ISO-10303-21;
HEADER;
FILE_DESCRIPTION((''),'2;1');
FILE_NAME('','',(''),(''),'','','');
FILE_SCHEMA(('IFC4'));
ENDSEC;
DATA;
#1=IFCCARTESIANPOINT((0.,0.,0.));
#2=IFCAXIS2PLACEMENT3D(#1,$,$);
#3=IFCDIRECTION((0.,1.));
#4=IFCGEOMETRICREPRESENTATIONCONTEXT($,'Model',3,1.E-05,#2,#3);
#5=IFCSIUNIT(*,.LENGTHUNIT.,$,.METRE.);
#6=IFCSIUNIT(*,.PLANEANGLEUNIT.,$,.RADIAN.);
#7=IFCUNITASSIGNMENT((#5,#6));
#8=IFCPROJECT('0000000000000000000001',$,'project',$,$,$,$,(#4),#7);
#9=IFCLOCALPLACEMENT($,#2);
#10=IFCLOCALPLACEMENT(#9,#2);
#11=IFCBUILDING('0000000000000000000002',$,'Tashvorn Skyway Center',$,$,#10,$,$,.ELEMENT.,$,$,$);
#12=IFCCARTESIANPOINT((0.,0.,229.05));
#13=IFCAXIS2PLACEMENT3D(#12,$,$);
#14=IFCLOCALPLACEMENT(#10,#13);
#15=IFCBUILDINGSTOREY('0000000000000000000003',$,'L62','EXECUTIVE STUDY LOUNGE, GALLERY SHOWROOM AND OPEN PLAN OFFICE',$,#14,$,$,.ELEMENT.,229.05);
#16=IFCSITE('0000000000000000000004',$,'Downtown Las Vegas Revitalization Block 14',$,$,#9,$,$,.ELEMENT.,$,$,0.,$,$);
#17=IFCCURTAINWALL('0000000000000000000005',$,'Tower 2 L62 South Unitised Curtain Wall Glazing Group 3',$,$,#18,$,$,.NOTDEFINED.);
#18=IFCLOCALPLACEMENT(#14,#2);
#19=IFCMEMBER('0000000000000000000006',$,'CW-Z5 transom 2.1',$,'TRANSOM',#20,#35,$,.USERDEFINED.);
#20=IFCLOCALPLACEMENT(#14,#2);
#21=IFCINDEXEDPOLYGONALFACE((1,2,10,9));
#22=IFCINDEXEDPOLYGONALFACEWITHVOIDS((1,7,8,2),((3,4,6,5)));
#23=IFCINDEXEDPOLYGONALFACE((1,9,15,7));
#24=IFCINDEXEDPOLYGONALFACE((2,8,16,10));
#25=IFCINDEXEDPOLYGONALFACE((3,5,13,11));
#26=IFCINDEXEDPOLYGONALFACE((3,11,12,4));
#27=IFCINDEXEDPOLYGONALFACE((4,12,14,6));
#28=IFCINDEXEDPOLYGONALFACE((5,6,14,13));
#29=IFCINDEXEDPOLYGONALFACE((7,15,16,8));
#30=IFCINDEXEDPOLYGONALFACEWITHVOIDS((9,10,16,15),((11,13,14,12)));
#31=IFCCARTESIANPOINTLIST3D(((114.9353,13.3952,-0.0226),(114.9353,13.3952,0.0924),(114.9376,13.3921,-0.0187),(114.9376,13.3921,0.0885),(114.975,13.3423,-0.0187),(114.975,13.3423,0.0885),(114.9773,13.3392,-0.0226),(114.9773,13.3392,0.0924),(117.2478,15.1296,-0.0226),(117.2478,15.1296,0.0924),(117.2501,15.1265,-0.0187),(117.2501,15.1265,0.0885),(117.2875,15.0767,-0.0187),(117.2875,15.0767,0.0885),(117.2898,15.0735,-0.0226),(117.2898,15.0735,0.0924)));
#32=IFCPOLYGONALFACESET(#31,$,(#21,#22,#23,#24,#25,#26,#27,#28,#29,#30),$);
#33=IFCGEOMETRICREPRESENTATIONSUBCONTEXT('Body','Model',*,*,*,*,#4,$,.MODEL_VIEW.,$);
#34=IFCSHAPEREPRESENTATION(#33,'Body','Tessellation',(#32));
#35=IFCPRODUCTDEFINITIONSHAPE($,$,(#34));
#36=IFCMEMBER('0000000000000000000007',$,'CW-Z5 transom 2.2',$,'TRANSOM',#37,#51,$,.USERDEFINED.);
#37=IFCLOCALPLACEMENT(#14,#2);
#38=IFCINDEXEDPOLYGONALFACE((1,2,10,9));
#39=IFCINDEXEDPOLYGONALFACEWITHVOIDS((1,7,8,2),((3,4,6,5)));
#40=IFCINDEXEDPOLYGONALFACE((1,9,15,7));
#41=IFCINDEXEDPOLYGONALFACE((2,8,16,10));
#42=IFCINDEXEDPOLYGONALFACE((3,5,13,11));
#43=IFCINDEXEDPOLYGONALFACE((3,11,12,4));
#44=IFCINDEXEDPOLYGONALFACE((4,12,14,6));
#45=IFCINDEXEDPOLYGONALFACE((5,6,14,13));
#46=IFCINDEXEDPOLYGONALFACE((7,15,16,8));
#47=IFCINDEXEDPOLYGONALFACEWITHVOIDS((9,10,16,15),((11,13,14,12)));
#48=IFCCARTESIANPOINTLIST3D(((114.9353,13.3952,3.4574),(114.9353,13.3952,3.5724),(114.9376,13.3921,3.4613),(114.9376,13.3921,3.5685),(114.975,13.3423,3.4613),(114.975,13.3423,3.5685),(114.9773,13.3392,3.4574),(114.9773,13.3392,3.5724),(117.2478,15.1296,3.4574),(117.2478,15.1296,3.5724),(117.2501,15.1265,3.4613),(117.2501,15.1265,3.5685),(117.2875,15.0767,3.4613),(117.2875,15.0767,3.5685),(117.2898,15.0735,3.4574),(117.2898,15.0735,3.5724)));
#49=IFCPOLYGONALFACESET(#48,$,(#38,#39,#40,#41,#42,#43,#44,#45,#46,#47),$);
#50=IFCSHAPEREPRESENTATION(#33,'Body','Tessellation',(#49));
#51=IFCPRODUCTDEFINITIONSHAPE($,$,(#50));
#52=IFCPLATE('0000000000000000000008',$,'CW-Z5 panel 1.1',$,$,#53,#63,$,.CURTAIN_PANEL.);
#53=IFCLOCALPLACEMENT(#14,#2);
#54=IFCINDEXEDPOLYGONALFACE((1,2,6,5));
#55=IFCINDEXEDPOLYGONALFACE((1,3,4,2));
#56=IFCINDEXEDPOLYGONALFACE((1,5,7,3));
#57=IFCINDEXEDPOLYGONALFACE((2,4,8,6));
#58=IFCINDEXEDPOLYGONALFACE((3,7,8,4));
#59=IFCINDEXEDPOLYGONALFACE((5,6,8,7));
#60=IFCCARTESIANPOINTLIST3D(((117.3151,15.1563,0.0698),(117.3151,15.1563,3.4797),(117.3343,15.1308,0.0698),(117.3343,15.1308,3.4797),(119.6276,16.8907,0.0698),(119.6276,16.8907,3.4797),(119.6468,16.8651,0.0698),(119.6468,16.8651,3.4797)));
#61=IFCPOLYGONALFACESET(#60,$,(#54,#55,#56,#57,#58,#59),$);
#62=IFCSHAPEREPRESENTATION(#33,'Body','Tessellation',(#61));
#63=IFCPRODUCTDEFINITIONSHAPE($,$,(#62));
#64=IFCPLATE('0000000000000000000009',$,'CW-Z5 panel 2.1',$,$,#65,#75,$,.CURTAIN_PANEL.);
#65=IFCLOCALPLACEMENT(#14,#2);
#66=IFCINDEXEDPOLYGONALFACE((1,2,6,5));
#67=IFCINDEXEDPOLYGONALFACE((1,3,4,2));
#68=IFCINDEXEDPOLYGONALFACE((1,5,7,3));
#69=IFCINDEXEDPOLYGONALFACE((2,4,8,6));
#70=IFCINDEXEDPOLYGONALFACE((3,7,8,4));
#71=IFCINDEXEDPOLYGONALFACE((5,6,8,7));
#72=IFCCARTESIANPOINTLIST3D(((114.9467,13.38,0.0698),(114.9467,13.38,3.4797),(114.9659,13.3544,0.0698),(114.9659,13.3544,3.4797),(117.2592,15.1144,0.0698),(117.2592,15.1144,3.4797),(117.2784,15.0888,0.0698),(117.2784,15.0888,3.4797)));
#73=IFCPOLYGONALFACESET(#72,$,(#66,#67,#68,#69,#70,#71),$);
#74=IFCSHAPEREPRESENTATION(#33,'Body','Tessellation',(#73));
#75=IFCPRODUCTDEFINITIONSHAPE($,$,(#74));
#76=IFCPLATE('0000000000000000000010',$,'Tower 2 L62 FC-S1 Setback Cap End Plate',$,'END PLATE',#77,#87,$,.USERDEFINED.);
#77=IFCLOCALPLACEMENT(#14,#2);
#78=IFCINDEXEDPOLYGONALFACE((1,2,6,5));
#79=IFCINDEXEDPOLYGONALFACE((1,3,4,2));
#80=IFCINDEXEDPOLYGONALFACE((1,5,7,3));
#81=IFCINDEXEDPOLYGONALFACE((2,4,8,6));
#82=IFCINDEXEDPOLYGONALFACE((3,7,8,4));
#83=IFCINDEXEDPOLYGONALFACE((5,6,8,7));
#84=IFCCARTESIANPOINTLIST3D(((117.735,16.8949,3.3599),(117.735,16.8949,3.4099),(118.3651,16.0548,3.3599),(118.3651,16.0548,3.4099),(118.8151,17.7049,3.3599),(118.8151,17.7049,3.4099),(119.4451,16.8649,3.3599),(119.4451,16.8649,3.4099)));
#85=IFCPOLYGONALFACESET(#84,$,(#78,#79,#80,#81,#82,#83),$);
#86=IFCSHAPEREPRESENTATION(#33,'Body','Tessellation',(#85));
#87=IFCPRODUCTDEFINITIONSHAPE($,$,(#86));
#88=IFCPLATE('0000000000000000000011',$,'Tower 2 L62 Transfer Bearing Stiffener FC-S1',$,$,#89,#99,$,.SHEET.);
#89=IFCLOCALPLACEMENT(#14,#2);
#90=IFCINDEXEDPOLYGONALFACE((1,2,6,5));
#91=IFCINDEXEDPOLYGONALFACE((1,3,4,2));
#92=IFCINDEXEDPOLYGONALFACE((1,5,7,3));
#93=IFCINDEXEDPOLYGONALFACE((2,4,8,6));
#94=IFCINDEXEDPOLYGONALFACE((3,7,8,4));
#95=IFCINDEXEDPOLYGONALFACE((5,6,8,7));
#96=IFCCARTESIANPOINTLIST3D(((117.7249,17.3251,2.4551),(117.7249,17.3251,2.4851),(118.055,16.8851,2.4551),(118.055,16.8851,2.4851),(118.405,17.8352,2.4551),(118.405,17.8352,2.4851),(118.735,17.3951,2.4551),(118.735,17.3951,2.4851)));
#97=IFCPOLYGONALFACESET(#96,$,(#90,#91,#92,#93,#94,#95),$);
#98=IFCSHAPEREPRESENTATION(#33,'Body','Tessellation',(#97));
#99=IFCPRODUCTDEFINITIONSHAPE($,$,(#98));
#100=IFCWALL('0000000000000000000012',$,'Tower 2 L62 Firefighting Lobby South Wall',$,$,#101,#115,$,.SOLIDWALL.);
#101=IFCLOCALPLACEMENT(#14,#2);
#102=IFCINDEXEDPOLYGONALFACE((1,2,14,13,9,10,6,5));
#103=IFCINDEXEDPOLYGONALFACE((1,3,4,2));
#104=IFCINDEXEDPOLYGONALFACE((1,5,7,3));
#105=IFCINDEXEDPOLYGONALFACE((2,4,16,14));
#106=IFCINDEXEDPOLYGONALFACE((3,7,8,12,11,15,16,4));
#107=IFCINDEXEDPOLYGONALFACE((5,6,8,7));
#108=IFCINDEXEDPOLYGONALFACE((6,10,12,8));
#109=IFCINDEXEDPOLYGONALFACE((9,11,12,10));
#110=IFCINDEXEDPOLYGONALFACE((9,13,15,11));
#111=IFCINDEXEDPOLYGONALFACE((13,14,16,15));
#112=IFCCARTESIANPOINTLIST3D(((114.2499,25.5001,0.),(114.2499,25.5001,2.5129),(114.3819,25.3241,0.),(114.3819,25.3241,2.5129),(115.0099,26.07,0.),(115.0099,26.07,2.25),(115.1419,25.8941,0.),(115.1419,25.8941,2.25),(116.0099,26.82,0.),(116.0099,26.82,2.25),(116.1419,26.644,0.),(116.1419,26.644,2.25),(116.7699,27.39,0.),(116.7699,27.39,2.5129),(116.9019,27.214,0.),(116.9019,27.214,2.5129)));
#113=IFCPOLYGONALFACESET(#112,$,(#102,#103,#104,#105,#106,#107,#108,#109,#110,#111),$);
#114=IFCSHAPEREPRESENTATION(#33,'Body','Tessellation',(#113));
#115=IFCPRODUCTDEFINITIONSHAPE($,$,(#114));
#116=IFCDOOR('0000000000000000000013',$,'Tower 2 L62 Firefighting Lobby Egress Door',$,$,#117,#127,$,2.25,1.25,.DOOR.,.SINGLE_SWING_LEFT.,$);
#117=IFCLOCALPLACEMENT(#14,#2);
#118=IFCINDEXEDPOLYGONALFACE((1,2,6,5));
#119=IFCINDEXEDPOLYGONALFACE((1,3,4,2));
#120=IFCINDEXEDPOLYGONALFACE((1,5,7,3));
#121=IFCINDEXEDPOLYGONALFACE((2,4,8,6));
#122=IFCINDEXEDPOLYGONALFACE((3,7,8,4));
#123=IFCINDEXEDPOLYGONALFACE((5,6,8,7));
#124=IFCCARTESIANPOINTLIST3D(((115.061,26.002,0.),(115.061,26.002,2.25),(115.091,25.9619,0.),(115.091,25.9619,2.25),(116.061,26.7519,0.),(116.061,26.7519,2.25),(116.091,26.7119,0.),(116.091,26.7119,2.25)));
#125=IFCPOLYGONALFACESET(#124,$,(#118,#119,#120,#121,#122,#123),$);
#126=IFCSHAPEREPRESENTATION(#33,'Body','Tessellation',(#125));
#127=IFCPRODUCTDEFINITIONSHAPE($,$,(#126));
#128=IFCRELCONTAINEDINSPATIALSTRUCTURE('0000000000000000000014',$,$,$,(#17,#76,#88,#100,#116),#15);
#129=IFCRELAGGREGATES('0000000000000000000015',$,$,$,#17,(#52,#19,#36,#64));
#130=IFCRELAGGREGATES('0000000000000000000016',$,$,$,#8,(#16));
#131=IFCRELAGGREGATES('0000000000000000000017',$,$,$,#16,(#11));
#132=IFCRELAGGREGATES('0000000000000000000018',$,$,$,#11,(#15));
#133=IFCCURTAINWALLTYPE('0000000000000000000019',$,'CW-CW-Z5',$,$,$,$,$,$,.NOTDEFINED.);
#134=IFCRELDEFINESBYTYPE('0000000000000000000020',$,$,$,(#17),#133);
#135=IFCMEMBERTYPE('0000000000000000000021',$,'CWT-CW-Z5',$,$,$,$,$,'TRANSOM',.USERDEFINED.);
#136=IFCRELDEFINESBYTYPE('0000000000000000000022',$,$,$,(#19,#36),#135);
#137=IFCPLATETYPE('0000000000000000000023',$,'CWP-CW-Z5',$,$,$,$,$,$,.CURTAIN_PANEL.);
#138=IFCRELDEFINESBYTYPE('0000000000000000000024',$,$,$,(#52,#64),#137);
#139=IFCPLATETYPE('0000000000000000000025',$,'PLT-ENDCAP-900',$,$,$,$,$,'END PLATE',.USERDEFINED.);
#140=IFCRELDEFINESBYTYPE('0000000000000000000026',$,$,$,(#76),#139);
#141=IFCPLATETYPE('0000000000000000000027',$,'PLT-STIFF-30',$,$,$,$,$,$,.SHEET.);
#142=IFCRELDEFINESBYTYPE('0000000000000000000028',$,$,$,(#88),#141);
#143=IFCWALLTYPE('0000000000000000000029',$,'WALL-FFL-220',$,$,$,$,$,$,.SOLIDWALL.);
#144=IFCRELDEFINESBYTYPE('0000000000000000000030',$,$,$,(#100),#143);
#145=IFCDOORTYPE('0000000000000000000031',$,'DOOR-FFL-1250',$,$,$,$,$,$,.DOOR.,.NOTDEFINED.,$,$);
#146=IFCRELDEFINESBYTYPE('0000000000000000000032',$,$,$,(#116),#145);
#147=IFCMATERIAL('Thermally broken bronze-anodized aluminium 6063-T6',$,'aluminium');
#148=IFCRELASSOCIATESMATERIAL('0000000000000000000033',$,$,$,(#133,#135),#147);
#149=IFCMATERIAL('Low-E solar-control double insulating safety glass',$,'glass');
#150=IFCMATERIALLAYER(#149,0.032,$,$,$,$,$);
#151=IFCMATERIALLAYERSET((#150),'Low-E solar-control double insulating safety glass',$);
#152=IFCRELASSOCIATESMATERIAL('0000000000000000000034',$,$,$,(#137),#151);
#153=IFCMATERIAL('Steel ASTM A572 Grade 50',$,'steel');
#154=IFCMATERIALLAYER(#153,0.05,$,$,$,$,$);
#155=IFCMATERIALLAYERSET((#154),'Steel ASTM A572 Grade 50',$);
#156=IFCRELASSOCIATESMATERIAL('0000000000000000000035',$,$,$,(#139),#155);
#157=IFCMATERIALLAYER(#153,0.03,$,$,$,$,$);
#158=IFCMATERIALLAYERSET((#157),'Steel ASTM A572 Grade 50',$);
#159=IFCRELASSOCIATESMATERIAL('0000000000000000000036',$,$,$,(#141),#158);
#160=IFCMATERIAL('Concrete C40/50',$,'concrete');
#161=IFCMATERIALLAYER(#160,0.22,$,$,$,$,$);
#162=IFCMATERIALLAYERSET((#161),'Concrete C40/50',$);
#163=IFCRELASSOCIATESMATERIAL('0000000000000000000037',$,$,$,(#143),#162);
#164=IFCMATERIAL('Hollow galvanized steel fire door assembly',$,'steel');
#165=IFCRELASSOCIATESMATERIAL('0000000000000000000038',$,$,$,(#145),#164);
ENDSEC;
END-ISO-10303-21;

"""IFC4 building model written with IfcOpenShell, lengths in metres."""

from ifc_helpers import new_model, si_unit, direction, frame, frame_2d, origin, origin_2d, place, context, subcontext, project, spatial, rectangle, hollow_rectangle, extrude, material, layer, layer_set, material_profile, profile_set, type_object, element, fill, aggregate, save


model = new_model("IFC4")

# Units and contexts
model_context = context("Model", 3, precision=1e-05, world=origin(), true_north=direction((0.0, 1.0)))
body_context = subcontext(model_context, "Body", "Model", "MODEL_VIEW")
ifc_project = project(units=[si_unit("LENGTHUNIT", "METRE"), si_unit("PLANEANGLEUNIT", "RADIAN")], contexts=[model_context])

# Site, building, storey
site_placement = place(None, origin())
site = spatial("IfcSite", under=ifc_project, at=site_placement, Name="Downtown Las Vegas Revitalization Block 14", CompositionType="ELEMENT", RefElevation=0.0)
building_placement = place(site_placement, origin())
building = spatial("IfcBuilding", under=site, at=building_placement, Name="Tashvorn Skyway Center", CompositionType="ELEMENT")
storey_placement = place(building_placement, frame((0.0, 0.0, 229.05)))
storey = spatial("IfcBuildingStorey", under=building, at=storey_placement, Name="L62", Description="EXECUTIVE STUDY LOUNGE, GALLERY SHOWROOM AND OPEN PLAN OFFICE", CompositionType="ELEMENT", Elevation=229.05)

# Shared definitions
ifc_material_1 = material(Name="Steel ASTM A572 Grade 50", Category="steel")

# Shared definitions
ifc_material_2 = material(Name="Thermally broken bronze-anodized aluminium 6063-T6", Category="aluminium")
curtain_wall_type = type_object("IfcCurtainWallType", Name="CW-CW-Z5", PredefinedType="NOTDEFINED", material=ifc_material_2)

# Curtain wall, members, plates
curtain_wall_1_placement = place(storey_placement, origin())
curtain_wall_1 = element("IfcCurtainWall", 1, at=curtain_wall_1_placement, inside=storey, type_object=curtain_wall_type, Name="Tower 2 L62 South Unitised Curtain Wall Glazing Group 3", PredefinedType="NOTDEFINED")
ifc_material_profile_1 = material_profile(ifc_material_2, hollow_rectangle(XDim=0.0701, YDim=0.115, WallThickness=0.0039, at=origin_2d()), Name="ALU-TRAN-70x115")
ifc_profile_set_1 = profile_set([ifc_material_profile_1], Name="Thermally broken bronze-anodized aluminium 6063-T6")
member_type_1 = type_object("IfcMemberType", Name="CWT-CW-Z5", ElementType="TRANSOM", PredefinedType="USERDEFINED", material=ifc_profile_set_1)
member_1_placement = place(storey_placement, frame((117.2688, 15.1016, 0.0349), z_axis=(-0.8, -0.6, 0.0), x_axis=(0.6, -0.8, 0.0)))
member_1 = element("IfcMember", 2, at=member_1_placement, type_object=member_type_1, Name="CW-Z5 transom 2.1", ObjectType="TRANSOM", PredefinedType="USERDEFINED", context=body_context, shape_type="SweptSolid", body=[
    extrude(hollow_rectangle(XDim=0.0701, YDim=0.115, WallThickness=0.0039, at=origin_2d()), origin(), (0.0, 0.0, 1.0), 2.8906),
])
member_2_placement = place(storey_placement, frame((117.2688, 15.1016, 3.5149), z_axis=(-0.8, -0.6, 0.0), x_axis=(0.6, -0.8, 0.0)))
member_2 = element("IfcMember", 3, at=member_2_placement, type_object=member_type_1, Name="CW-Z5 transom 2.2", ObjectType="TRANSOM", PredefinedType="USERDEFINED", context=body_context, shape_type="SweptSolid", body=[
    extrude(hollow_rectangle(XDim=0.0701, YDim=0.115, WallThickness=0.0039, at=origin_2d()), origin(), (0.0, 0.0, 1.0), 2.8906),
])
ifc_material_3 = material(Name="Low-E solar-control double insulating safety glass", Category="glass")
ifc_layer_1 = layer(ifc_material_3, 0.032)
ifc_layer_set_1 = layer_set([ifc_layer_1], Name="Low-E solar-control double insulating safety glass")
plate_type_1 = type_object("IfcPlateType", Name="CWP-CW-Z5", PredefinedType="CURTAIN_PANEL", material=ifc_layer_set_1)
plate_1_placement = place(storey_placement, frame((118.481, 16.0107, 0.0698), z_axis=(0.0, 0.0, 1.0), x_axis=(-0.799998, -0.600003, 0.0)))
plate_1 = element("IfcPlate", 4, at=plate_1_placement, type_object=plate_type_1, Name="CW-Z5 panel 1.1", PredefinedType="CURTAIN_PANEL", context=body_context, shape_type="SweptSolid", body=[
    extrude(rectangle(XDim=2.8906, YDim=0.032, at=origin_2d()), origin(), (0.0, 0.0, 1.0), 3.4099),
])
plate_2_placement = place(storey_placement, frame((116.1125, 14.2344, 0.0698), z_axis=(0.0, 0.0, 1.0), x_axis=(-0.799998, -0.600003, 0.0)))
plate_2 = element("IfcPlate", 5, at=plate_2_placement, type_object=plate_type_1, Name="CW-Z5 panel 2.1", PredefinedType="CURTAIN_PANEL", context=body_context, shape_type="SweptSolid", body=[
    extrude(rectangle(XDim=2.8906, YDim=0.032, at=origin_2d()), origin(), (0.0, 0.0, 1.0), 3.4099),
])
aggregate(curtain_wall_1, [plate_1, member_1, member_2, plate_2])

# Plates
ifc_layer_2 = layer(ifc_material_1, 0.05)
ifc_layer_set_2 = layer_set([ifc_layer_2], Name="Steel ASTM A572 Grade 50")
plate_type_2 = type_object("IfcPlateType", Name="PLT-ENDCAP-900", ElementType="END PLATE", PredefinedType="USERDEFINED", material=ifc_layer_set_2)
plate_3_placement = place(storey_placement, frame((118.5901, 16.8799, 3.3599), z_axis=(0.0, 0.0, 1.0), x_axis=(0.8, 0.6, 0.0)))
element("IfcPlate", 6, at=plate_3_placement, inside=storey, type_object=plate_type_2, Name="Tower 2 L62 FC-S1 Setback Cap End Plate", ObjectType="END PLATE", PredefinedType="USERDEFINED", context=body_context, shape_type="SweptSolid", body=[
    extrude(rectangle(XDim=1.3501, YDim=1.05, at=origin_2d()), origin(), (0.0, 0.0, 1.0), 0.05),
])
ifc_layer_3 = layer(ifc_material_1, 0.03)
ifc_layer_set_3 = layer_set([ifc_layer_3], Name="Steel ASTM A572 Grade 50")
plate_type_3 = type_object("IfcPlateType", Name="PLT-STIFF-30", PredefinedType="SHEET", material=ifc_layer_set_3)
plate_4_placement = place(storey_placement, frame((118.23, 17.3601, 2.4551), z_axis=(0.0, 0.0, 1.0), x_axis=(0.8, 0.6, 0.0)))
element("IfcPlate", 7, at=plate_4_placement, inside=storey, type_object=plate_type_3, Name="Tower 2 L62 Transfer Bearing Stiffener FC-S1", PredefinedType="SHEET", context=body_context, shape_type="SweptSolid", body=[
    extrude(rectangle(XDim=0.8501, YDim=0.55, at=origin_2d()), origin(), (0.0, 0.0, 1.0), 0.03),
])

# Wall, opening, door
ifc_material_4 = material(Name="Concrete C40/50", Category="concrete")
ifc_layer_4 = layer(ifc_material_4, 0.22)
ifc_layer_set_4 = layer_set([ifc_layer_4], Name="Concrete C40/50")
wall_type_1 = type_object("IfcWallType", Name="WALL-FFL-220", PredefinedType="SOLIDWALL", material=ifc_layer_set_4)
wall_1_placement = place(storey_placement, frame((114.3159, 25.4121, 0.0), z_axis=(0.0, 0.0, 1.0), x_axis=(0.800019, 0.599975, 0.0)))
wall_1 = element("IfcWall", 8, at=wall_1_placement, inside=storey, type_object=wall_type_1, Name="Tower 2 L62 Firefighting Lobby South Wall", PredefinedType="SOLIDWALL", context=body_context, shape_type="SweptSolid", body=[
    extrude(rectangle(XDim=3.1499, YDim=0.22, at=frame_2d((1.575, 0.0))), origin(), (0.0, 0.0, 1.0), 2.5129),
])
opening_1_placement = place(wall_1_placement, frame((0.95, 0.0, 0.0)))
opening_1 = element("IfcOpeningElement", 9, at=opening_1_placement, cuts=wall_1, PredefinedType="OPENING", context=body_context, shape_type="SweptSolid", body=[
    extrude(rectangle(XDim=1.25, YDim=2.25, at=frame_2d((0.625, 1.125))), frame((0.0, 0.1199, 0.0), z_axis=(0.0, -1.0, 0.0), x_axis=(1.0, 0.0, 0.0)), (0.0, 0.0, 1.0), 0.24),
])
ifc_material_5 = material(Name="Hollow galvanized steel fire door assembly", Category="steel")
door_type_1 = type_object("IfcDoorType", Name="DOOR-FFL-1250", OperationType="NOTDEFINED", PredefinedType="DOOR", material=ifc_material_5)
door_1_placement = place(opening_1_placement, origin())
door_1 = element("IfcDoor", 10, at=door_1_placement, inside=storey, type_object=door_type_1, Name="Tower 2 L62 Firefighting Lobby Egress Door", OperationType="SINGLE_SWING_LEFT", OverallHeight=2.25, OverallWidth=1.25, PredefinedType="DOOR", context=body_context, shape_type="SweptSolid", body=[
    extrude(rectangle(XDim=1.25, YDim=2.25, at=frame_2d((0.625, 1.125))), frame((0.0, 0.0249, 0.0), z_axis=(0.0, -1.0, 0.0), x_axis=(1.0, 0.0, 0.0)), (0.0, 0.0, 1.0), 0.05),
])
fill(opening_1, door_1)

save(model, "model.ifc")
